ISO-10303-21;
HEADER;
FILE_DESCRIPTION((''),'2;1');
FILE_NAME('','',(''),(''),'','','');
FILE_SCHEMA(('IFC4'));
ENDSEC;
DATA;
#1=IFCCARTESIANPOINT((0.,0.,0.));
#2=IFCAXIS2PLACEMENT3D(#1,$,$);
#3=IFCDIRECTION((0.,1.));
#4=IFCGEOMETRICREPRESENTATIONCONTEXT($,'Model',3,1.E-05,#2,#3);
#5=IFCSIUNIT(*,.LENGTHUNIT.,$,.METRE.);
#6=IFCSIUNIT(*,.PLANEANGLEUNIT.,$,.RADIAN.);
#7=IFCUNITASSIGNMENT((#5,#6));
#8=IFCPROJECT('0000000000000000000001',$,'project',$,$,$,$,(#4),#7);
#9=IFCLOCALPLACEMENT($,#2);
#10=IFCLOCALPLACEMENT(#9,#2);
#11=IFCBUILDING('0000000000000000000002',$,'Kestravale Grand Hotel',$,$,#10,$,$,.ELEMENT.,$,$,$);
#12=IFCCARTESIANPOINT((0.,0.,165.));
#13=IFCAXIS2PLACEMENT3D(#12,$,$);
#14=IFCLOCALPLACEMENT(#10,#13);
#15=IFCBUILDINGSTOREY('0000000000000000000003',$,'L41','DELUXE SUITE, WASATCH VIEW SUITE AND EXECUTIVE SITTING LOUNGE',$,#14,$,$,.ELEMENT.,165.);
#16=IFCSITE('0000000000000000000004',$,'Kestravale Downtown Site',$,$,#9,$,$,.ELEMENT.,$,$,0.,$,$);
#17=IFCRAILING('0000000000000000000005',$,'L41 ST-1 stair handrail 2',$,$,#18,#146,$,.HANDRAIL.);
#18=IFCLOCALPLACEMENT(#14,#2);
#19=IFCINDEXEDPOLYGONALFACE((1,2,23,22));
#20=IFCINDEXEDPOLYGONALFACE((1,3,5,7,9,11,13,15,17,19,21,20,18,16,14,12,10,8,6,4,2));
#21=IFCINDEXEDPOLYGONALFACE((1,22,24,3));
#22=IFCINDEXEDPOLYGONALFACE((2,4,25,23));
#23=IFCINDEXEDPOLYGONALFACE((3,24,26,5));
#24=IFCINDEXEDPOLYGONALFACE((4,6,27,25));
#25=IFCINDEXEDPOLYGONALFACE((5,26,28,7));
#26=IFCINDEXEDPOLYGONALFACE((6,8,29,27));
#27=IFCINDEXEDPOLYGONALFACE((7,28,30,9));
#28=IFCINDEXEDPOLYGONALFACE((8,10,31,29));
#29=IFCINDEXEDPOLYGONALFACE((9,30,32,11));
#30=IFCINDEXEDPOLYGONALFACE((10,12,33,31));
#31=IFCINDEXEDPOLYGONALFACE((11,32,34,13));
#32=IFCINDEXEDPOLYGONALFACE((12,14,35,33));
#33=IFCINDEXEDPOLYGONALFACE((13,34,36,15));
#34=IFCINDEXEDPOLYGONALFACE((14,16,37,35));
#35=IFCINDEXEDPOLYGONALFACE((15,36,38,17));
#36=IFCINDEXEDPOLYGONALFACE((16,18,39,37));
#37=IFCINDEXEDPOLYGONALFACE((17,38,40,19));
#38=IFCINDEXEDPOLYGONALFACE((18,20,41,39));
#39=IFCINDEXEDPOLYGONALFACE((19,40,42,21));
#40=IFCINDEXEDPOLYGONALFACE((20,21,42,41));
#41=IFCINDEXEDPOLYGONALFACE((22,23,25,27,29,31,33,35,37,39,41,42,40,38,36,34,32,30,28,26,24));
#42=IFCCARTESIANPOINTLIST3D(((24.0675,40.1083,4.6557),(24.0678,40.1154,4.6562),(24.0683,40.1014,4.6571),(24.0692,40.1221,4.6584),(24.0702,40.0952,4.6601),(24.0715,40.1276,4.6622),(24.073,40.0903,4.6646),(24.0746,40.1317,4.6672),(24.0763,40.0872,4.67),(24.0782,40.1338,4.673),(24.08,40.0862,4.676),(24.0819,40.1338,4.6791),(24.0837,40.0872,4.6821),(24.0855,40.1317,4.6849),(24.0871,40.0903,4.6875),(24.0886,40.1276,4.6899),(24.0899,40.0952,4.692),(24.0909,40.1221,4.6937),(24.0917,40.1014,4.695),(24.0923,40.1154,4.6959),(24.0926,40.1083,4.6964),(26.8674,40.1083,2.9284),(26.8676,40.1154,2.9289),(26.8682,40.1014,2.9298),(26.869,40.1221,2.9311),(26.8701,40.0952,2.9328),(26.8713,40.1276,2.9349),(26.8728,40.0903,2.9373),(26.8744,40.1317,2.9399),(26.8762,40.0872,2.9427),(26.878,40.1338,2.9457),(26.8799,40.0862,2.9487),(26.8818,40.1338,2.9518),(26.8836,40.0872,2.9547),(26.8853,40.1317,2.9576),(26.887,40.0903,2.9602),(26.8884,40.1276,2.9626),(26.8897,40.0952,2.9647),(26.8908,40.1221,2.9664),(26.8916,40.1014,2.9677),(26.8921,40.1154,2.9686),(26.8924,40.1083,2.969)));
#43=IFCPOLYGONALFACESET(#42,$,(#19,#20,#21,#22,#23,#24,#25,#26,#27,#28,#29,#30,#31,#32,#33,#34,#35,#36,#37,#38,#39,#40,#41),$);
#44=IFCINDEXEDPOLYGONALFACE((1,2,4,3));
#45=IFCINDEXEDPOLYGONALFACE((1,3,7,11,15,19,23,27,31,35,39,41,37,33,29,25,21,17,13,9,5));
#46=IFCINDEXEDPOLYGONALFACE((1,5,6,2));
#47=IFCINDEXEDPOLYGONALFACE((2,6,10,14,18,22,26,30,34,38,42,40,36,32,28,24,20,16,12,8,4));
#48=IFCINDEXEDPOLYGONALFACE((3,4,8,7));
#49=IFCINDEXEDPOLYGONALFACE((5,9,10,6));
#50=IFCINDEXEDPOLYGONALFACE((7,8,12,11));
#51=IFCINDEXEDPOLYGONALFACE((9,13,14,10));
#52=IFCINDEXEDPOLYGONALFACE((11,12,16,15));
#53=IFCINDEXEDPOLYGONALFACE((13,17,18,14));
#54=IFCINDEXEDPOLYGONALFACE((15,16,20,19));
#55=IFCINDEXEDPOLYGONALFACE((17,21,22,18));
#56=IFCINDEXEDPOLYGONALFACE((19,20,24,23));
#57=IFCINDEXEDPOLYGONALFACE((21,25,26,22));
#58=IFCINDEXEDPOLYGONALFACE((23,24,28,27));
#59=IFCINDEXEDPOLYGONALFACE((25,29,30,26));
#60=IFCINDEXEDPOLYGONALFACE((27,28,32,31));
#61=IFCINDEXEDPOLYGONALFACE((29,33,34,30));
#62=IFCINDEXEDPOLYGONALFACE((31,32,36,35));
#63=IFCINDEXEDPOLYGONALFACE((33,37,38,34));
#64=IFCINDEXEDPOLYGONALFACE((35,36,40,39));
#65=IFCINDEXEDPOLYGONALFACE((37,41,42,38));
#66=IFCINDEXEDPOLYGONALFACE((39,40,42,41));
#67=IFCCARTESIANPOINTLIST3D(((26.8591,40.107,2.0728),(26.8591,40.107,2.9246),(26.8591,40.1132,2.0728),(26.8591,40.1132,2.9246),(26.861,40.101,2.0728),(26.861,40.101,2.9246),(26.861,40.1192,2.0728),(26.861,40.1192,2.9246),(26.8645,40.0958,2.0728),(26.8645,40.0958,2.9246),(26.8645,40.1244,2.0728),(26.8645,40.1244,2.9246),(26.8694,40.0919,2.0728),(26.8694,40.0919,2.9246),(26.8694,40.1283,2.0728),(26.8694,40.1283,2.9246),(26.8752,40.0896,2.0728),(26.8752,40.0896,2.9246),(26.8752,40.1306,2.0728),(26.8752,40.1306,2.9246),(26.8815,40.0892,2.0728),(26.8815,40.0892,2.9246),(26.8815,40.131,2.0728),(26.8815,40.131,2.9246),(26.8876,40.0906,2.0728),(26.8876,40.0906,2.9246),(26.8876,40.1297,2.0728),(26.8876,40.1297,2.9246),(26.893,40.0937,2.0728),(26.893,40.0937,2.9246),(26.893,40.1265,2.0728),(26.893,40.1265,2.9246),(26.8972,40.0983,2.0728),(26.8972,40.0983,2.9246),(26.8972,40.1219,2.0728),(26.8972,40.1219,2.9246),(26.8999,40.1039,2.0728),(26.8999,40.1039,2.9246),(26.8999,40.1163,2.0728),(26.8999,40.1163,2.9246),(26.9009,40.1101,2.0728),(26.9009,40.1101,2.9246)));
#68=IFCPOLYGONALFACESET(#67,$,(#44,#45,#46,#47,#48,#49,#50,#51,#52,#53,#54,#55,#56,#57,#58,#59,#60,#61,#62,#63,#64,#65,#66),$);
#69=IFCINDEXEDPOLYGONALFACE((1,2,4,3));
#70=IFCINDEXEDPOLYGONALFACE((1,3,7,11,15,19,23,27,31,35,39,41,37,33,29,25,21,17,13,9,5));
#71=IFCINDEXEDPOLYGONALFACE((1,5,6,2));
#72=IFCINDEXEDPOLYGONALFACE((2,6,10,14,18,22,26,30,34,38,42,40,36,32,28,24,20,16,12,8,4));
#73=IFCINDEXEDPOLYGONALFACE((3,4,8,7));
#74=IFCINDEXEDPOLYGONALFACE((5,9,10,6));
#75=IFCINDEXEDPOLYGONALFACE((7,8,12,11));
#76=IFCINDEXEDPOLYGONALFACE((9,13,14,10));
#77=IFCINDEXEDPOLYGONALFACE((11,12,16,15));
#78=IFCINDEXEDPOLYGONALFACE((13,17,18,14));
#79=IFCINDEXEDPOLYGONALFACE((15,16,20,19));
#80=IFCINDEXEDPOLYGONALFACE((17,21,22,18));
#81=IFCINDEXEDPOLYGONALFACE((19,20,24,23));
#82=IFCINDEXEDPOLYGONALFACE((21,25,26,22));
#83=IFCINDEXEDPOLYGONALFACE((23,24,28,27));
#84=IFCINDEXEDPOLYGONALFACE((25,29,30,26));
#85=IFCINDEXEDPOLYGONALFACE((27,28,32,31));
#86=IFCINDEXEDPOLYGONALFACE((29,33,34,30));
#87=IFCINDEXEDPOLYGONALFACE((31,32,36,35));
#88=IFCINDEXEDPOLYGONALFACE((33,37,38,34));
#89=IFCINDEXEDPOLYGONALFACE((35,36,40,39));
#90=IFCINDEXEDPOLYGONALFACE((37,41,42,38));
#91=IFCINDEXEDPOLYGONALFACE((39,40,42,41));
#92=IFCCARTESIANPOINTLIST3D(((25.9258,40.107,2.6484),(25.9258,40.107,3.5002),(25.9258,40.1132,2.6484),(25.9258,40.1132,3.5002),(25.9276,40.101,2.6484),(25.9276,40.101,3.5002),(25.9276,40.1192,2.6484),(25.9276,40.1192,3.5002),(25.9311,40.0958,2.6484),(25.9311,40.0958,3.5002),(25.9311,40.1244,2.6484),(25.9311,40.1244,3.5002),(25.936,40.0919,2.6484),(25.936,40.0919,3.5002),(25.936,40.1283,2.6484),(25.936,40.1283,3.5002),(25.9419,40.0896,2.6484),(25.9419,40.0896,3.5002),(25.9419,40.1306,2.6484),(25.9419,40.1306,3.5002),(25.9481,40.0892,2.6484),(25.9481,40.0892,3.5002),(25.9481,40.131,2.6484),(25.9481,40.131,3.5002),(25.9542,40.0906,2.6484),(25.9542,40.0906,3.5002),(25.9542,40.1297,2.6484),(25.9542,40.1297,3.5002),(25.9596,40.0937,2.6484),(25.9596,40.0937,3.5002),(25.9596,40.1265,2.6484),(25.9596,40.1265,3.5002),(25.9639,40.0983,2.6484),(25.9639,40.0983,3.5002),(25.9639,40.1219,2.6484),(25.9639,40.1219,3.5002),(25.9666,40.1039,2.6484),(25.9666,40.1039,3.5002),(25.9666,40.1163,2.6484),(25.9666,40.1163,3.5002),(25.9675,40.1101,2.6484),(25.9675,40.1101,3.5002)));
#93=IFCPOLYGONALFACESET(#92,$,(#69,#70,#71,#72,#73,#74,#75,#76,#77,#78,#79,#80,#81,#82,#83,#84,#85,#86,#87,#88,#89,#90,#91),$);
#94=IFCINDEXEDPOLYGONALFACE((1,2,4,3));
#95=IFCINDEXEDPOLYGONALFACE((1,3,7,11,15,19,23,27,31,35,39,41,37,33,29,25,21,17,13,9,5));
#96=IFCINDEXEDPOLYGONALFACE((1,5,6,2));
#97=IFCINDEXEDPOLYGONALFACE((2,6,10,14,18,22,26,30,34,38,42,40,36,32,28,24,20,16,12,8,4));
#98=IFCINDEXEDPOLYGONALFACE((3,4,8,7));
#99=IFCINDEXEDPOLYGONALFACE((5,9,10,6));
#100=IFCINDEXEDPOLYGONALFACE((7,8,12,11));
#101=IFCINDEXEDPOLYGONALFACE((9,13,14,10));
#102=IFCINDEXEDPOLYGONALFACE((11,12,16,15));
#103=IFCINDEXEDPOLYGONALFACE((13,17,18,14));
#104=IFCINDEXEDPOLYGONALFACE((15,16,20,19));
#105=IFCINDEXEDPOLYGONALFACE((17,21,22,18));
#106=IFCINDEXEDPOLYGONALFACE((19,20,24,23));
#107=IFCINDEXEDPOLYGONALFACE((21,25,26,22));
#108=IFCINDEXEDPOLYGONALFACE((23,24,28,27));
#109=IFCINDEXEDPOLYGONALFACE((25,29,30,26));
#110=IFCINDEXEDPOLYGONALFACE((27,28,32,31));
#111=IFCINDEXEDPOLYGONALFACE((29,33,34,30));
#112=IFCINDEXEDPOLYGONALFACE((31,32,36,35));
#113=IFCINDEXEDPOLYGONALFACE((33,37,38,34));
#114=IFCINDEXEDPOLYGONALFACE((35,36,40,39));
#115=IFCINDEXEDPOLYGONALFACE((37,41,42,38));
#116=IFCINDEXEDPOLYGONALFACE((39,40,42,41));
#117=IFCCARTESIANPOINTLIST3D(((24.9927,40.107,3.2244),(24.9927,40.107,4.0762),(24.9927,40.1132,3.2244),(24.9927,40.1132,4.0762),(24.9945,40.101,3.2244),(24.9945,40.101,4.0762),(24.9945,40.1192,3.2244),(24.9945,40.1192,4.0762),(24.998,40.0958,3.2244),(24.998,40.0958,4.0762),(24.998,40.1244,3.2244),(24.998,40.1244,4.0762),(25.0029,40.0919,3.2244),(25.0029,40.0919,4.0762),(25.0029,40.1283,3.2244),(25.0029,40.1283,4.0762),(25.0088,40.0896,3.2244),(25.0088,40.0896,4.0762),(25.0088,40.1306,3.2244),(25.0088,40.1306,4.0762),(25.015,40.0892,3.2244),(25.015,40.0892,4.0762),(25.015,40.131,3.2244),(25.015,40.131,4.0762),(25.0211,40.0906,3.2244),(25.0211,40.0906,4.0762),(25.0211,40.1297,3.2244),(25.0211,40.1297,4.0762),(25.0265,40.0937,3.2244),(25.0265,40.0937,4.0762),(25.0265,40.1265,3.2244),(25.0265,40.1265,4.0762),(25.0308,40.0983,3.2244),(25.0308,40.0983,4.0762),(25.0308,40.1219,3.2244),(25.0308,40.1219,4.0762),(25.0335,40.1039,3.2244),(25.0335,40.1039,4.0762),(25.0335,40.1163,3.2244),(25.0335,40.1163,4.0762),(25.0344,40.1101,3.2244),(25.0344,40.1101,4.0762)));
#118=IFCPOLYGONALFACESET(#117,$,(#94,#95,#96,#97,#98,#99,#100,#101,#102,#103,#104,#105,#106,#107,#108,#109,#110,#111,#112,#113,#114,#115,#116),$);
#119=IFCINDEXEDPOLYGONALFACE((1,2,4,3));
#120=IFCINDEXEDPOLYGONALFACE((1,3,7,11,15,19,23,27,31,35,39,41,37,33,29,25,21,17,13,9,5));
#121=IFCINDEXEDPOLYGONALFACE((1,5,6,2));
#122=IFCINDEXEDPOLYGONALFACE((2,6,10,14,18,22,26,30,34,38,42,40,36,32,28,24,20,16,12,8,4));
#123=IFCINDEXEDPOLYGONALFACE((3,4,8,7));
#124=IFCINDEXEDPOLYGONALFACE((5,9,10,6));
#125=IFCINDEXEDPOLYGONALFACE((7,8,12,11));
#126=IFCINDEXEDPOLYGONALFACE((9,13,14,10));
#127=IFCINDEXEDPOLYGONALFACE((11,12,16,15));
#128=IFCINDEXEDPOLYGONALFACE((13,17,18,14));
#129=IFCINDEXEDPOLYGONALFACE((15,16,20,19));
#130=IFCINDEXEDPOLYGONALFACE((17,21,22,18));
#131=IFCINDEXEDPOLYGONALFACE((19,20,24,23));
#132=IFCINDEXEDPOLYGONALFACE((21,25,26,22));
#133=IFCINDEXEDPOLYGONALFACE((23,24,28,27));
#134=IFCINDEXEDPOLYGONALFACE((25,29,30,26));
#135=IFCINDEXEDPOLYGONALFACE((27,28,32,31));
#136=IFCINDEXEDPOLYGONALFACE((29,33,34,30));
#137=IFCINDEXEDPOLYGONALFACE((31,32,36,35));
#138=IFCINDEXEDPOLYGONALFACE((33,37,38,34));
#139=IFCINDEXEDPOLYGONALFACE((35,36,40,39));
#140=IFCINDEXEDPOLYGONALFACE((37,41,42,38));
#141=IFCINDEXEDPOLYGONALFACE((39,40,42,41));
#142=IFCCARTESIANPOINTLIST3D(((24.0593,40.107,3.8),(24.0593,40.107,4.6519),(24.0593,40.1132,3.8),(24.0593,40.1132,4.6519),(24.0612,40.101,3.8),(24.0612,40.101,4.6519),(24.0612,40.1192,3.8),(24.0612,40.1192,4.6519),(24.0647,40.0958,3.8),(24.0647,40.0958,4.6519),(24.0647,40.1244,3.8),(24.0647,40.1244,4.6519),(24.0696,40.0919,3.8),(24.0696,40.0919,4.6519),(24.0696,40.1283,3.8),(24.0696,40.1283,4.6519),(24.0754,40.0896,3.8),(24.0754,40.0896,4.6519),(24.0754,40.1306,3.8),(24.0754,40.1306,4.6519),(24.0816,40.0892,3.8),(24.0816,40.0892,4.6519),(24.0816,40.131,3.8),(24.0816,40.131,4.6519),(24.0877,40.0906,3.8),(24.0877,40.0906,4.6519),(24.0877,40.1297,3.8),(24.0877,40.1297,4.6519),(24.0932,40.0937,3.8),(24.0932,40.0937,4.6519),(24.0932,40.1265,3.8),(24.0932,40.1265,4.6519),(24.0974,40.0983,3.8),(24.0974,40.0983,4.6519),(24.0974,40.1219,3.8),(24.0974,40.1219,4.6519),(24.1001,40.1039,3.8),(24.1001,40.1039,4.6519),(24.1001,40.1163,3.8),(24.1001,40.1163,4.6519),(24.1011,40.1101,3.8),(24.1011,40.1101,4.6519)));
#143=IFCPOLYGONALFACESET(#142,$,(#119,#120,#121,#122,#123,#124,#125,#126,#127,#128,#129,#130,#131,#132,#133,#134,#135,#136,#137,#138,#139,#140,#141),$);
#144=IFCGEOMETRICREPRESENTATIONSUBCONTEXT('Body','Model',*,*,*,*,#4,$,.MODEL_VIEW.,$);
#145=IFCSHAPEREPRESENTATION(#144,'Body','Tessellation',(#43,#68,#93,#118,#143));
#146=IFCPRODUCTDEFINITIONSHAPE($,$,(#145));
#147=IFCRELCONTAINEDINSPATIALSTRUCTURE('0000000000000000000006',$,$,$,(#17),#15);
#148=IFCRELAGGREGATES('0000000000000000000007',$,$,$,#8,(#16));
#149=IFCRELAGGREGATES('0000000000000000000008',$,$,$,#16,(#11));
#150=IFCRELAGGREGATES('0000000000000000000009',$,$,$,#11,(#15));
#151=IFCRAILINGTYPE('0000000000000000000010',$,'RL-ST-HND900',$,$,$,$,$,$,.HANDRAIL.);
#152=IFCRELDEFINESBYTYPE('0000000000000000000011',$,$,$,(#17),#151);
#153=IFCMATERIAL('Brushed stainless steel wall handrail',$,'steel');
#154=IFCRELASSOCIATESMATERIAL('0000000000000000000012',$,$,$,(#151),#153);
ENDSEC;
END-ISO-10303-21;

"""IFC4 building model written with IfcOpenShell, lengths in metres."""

from ifc_helpers import new_model, si_unit, direction, frame, origin, origin_2d, place, context, subcontext, project, spatial, circle, extrude, material, type_object, element, save


model = new_model("IFC4")

# Units and contexts
model_context = context("Model", 3, precision=1e-05, world=origin(), true_north=direction((0.0, 1.0)))
body_context = subcontext(model_context, "Body", "Model", "MODEL_VIEW")
ifc_project = project(units=[si_unit("LENGTHUNIT", "METRE"), si_unit("PLANEANGLEUNIT", "RADIAN")], contexts=[model_context])

# Site, building, storey
site_placement = place(None, origin())
site = spatial("IfcSite", under=ifc_project, at=site_placement, Name="Kestravale Downtown Site", CompositionType="ELEMENT", RefElevation=0.0)
building_placement = place(site_placement, origin())
building = spatial("IfcBuilding", under=site, at=building_placement, Name="Kestravale Grand Hotel", CompositionType="ELEMENT")
storey_placement = place(building_placement, frame((0.0, 0.0, 165.0)))
storey = spatial("IfcBuildingStorey", under=building, at=storey_placement, Name="L41", Description="DELUXE SUITE, WASATCH VIEW SUITE AND EXECUTIVE SITTING LOUNGE", CompositionType="ELEMENT", Elevation=165.0)

# Railing
ifc_material_1 = material(Name="Brushed stainless steel wall handrail", Category="steel")
railing_type_1 = type_object("IfcRailingType", Name="RL-ST-HND900", PredefinedType="HANDRAIL", material=ifc_material_1)
railing_1_placement = place(storey_placement, frame((26.8799, 40.1101, 2.0728)))
element("IfcRailing", 1, at=railing_1_placement, inside=storey, type_object=railing_type_1, Name="L41 ST-1 stair handrail 2", PredefinedType="HANDRAIL", context=body_context, shape_type="SweptSolid", body=[
    extrude(circle(Radius=0.0239, at=origin_2d()), frame((0.0, 0.0, 0.876), z_axis=(-0.851069, 0.0, 0.525054), x_axis=(0.0, -1.0, 0.0)), (0.0, 0.0, 1.0), 3.2898),
    extrude(circle(Radius=0.021, at=origin_2d()), origin(), (0.0, 0.0, 1.0), 0.8518),
    extrude(circle(Radius=0.021, at=origin_2d()), frame((-0.9333, 0.0, 0.5757)), (0.0, 0.0, 1.0), 0.8518),
    extrude(circle(Radius=0.021, at=origin_2d()), frame((-1.8665, 0.0, 1.1516)), (0.0, 0.0, 1.0), 0.8518),
    extrude(circle(Radius=0.021, at=origin_2d()), frame((-2.7998, 0.0, 1.7273)), (0.0, 0.0, 1.0), 0.8518),
])

save(model, "model.ifc")
